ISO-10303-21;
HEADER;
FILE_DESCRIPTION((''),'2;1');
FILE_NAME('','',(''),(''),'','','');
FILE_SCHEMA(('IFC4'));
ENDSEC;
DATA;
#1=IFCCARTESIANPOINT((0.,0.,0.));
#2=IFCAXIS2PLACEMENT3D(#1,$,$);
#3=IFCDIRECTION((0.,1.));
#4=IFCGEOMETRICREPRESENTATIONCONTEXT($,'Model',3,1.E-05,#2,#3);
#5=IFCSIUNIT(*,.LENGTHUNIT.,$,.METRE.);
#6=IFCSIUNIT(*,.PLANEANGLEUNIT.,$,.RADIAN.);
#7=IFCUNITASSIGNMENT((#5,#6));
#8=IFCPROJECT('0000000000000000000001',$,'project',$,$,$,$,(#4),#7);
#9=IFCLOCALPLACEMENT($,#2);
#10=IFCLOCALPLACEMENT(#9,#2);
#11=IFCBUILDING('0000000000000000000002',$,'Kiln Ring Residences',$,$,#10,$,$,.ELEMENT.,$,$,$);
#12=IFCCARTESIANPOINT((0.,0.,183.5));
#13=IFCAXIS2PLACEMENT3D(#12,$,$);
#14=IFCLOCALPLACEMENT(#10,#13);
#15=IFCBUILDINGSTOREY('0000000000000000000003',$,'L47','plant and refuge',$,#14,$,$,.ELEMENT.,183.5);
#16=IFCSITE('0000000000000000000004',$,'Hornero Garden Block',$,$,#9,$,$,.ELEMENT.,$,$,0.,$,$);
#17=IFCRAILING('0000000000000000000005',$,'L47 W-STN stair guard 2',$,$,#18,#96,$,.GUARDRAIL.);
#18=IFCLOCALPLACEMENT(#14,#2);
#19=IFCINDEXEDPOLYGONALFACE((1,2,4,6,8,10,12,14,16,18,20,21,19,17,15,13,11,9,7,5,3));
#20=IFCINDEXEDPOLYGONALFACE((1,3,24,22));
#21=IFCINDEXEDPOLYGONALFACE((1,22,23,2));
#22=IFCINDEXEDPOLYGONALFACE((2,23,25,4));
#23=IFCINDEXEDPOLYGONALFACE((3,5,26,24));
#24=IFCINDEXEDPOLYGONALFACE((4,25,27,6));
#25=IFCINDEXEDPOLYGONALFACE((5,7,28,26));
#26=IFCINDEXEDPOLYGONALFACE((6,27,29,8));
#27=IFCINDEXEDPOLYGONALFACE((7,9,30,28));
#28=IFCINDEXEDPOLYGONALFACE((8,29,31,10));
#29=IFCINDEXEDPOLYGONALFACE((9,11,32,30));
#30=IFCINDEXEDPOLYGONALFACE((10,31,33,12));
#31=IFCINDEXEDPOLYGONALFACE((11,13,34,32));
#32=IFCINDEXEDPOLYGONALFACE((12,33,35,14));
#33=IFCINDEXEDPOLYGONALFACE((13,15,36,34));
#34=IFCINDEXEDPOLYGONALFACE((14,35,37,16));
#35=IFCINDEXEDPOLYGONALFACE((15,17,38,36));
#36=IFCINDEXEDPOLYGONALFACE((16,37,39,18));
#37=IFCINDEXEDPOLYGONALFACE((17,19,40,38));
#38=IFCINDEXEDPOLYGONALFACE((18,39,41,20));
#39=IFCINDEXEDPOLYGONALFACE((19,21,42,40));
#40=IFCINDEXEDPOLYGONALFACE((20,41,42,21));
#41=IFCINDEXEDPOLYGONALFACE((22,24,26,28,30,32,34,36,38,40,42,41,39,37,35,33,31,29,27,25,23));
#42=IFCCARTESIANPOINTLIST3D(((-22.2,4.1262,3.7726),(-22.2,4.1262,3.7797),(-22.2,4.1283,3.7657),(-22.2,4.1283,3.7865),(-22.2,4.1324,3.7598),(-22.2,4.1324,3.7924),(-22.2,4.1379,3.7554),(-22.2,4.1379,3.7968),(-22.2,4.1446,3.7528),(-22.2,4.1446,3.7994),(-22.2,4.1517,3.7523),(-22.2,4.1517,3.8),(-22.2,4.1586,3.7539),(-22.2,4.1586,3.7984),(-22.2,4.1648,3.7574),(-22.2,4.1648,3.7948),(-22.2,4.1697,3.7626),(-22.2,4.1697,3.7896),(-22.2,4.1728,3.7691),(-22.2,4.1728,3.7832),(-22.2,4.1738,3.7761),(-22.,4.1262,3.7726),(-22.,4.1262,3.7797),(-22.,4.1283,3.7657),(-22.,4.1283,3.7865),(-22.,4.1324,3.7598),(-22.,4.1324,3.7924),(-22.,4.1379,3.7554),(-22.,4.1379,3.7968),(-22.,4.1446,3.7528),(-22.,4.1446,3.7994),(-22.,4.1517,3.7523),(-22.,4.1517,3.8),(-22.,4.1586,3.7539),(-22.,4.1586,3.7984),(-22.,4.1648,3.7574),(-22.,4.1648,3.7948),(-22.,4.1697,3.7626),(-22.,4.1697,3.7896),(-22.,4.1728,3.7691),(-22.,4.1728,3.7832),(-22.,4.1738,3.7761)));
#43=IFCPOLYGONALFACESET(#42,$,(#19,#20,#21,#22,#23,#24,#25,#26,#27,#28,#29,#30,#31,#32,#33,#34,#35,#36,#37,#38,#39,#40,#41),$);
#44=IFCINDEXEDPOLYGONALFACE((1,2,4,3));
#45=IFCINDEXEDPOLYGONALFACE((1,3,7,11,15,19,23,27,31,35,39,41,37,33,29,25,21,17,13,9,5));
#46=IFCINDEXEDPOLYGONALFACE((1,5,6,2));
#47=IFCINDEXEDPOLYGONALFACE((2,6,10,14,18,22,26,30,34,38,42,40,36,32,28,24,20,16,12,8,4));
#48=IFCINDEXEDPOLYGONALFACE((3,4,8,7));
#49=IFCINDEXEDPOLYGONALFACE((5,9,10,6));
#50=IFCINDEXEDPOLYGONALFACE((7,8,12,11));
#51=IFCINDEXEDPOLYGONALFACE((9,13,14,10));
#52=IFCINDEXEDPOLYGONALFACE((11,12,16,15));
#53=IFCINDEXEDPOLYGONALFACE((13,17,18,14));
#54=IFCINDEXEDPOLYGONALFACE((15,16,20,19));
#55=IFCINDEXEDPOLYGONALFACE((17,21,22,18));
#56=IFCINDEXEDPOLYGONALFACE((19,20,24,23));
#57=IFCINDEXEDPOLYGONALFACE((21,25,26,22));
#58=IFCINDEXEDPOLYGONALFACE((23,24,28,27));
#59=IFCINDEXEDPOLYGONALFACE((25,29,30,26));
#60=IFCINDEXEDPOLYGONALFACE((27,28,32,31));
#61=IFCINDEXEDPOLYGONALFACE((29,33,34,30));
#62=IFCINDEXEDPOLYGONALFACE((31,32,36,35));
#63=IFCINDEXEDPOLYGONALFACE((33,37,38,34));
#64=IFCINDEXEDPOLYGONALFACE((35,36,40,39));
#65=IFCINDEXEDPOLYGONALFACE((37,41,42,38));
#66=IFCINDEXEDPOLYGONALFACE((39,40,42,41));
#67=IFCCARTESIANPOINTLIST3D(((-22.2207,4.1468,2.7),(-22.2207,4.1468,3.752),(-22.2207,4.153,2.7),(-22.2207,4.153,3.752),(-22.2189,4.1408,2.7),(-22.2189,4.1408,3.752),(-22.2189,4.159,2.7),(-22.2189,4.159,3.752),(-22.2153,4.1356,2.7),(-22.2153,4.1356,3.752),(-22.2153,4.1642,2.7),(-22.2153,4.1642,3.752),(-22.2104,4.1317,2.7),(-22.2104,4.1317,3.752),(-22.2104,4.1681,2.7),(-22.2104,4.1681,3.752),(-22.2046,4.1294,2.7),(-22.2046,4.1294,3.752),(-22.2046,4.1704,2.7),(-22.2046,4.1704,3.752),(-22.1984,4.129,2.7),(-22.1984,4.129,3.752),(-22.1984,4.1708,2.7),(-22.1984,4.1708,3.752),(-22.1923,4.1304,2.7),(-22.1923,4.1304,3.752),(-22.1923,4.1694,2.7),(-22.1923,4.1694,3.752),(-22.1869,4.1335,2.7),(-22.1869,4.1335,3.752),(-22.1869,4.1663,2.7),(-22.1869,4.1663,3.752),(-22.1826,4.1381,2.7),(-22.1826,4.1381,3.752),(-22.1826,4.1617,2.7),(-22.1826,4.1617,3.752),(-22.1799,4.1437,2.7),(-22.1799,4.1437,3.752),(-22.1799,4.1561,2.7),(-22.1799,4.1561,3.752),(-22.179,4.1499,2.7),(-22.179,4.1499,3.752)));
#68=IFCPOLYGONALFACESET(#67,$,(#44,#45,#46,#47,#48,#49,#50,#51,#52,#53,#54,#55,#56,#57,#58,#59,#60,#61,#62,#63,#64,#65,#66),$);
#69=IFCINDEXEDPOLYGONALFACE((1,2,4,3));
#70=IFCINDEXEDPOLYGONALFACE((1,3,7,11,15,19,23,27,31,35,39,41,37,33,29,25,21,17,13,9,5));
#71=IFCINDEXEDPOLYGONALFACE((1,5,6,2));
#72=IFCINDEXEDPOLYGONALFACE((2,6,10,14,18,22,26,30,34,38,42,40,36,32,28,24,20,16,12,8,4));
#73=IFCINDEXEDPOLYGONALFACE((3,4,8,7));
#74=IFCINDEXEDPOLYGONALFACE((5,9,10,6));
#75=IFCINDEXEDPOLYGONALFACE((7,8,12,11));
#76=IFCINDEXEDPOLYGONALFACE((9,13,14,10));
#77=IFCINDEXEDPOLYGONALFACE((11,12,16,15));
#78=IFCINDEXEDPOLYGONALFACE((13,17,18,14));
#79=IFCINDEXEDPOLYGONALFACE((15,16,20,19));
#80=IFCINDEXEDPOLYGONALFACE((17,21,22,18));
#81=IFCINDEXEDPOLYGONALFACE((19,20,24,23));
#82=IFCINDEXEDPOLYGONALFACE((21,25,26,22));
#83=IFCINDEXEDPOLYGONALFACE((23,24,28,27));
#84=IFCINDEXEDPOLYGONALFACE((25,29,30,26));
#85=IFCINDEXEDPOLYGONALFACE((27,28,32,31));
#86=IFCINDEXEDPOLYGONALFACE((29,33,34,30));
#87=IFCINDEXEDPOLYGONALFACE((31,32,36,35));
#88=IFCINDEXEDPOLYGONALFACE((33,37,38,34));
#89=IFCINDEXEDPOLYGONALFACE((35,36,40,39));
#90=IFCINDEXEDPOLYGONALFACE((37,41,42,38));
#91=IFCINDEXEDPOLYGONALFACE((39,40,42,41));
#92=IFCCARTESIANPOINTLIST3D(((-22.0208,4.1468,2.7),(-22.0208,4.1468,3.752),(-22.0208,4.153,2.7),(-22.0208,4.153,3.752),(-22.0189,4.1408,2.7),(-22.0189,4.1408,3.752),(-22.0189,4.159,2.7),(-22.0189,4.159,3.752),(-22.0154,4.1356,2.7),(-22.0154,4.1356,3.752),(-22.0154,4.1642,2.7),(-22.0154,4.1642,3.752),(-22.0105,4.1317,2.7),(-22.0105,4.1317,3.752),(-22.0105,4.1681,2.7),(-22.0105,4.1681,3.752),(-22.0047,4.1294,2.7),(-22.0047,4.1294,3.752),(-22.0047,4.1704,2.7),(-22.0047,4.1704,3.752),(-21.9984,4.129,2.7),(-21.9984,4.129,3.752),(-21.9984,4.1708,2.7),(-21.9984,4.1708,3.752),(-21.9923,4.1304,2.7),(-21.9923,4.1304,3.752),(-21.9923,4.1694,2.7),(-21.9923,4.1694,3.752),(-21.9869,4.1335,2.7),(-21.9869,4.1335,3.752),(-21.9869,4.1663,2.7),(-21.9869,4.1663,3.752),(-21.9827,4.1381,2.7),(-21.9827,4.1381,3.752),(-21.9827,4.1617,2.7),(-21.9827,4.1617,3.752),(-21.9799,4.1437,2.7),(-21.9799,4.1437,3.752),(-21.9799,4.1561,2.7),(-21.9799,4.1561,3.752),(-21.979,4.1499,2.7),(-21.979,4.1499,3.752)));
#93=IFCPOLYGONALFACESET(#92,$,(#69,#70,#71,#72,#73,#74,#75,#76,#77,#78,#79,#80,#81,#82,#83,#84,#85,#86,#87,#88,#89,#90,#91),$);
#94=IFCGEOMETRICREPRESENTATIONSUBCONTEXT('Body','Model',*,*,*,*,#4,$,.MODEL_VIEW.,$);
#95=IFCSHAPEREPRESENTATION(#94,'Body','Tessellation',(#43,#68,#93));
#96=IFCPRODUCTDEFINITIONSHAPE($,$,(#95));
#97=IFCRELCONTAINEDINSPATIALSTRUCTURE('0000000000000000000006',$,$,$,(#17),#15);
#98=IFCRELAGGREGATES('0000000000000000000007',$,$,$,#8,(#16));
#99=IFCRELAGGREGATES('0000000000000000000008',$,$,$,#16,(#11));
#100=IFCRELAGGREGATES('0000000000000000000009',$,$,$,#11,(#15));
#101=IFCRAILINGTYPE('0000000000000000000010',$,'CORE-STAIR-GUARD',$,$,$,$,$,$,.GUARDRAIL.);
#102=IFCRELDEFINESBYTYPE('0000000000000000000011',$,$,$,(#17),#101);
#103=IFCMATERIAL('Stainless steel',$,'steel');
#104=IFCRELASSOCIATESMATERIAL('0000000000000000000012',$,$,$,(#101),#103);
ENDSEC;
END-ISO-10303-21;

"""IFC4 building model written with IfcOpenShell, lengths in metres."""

from ifc_helpers import new_model, si_unit, direction, frame, origin, origin_2d, place, context, subcontext, project, spatial, circle, extrude, material, type_object, element, save


model = new_model("IFC4")

# Units and contexts
model_context = context("Model", 3, precision=1e-05, world=origin(), true_north=direction((0.0, 1.0)))
body_context = subcontext(model_context, "Body", "Model", "MODEL_VIEW")
ifc_project = project(units=[si_unit("LENGTHUNIT", "METRE"), si_unit("PLANEANGLEUNIT", "RADIAN")], contexts=[model_context])

# Site, building, storey
site_placement = place(None, origin())
site = spatial("IfcSite", under=ifc_project, at=site_placement, Name="Hornero Garden Block", CompositionType="ELEMENT", RefElevation=0.0)
building_placement = place(site_placement, origin())
building = spatial("IfcBuilding", under=site, at=building_placement, Name="Kiln Ring Residences", CompositionType="ELEMENT")
storey_placement = place(building_placement, frame((0.0, 0.0, 183.5)))
storey = spatial("IfcBuildingStorey", under=building, at=storey_placement, Name="L47", Description="plant and refuge", CompositionType="ELEMENT", Elevation=183.5)

# Railing
ifc_material_1 = material(Name="Stainless steel", Category="steel")
railing_type_1 = type_object("IfcRailingType", Name="CORE-STAIR-GUARD", PredefinedType="GUARDRAIL", material=ifc_material_1)
railing_1_placement = place(storey_placement, frame((-22.2, 4.1499, 2.7)))
element("IfcRailing", 1, at=railing_1_placement, inside=storey, type_object=railing_type_1, Name="L47 W-STN stair guard 2", PredefinedType="GUARDRAIL", context=body_context, shape_type="SweptSolid", body=[
    extrude(circle(Radius=0.0239, at=origin_2d()), frame((0.0, 0.0, 1.0762), z_axis=(1.0, 0.0, 0.0), x_axis=(0.0, 1.0, 0.0)), (0.0, 0.0, 1.0), 0.2),
    extrude(circle(Radius=0.021, at=origin_2d()), origin(), (0.0, 0.0, 1.0), 1.052),
    extrude(circle(Radius=0.021, at=origin_2d()), frame((0.2, 0.0, 0.0)), (0.0, 0.0, 1.0), 1.052),
])

save(model, "model.ifc")
